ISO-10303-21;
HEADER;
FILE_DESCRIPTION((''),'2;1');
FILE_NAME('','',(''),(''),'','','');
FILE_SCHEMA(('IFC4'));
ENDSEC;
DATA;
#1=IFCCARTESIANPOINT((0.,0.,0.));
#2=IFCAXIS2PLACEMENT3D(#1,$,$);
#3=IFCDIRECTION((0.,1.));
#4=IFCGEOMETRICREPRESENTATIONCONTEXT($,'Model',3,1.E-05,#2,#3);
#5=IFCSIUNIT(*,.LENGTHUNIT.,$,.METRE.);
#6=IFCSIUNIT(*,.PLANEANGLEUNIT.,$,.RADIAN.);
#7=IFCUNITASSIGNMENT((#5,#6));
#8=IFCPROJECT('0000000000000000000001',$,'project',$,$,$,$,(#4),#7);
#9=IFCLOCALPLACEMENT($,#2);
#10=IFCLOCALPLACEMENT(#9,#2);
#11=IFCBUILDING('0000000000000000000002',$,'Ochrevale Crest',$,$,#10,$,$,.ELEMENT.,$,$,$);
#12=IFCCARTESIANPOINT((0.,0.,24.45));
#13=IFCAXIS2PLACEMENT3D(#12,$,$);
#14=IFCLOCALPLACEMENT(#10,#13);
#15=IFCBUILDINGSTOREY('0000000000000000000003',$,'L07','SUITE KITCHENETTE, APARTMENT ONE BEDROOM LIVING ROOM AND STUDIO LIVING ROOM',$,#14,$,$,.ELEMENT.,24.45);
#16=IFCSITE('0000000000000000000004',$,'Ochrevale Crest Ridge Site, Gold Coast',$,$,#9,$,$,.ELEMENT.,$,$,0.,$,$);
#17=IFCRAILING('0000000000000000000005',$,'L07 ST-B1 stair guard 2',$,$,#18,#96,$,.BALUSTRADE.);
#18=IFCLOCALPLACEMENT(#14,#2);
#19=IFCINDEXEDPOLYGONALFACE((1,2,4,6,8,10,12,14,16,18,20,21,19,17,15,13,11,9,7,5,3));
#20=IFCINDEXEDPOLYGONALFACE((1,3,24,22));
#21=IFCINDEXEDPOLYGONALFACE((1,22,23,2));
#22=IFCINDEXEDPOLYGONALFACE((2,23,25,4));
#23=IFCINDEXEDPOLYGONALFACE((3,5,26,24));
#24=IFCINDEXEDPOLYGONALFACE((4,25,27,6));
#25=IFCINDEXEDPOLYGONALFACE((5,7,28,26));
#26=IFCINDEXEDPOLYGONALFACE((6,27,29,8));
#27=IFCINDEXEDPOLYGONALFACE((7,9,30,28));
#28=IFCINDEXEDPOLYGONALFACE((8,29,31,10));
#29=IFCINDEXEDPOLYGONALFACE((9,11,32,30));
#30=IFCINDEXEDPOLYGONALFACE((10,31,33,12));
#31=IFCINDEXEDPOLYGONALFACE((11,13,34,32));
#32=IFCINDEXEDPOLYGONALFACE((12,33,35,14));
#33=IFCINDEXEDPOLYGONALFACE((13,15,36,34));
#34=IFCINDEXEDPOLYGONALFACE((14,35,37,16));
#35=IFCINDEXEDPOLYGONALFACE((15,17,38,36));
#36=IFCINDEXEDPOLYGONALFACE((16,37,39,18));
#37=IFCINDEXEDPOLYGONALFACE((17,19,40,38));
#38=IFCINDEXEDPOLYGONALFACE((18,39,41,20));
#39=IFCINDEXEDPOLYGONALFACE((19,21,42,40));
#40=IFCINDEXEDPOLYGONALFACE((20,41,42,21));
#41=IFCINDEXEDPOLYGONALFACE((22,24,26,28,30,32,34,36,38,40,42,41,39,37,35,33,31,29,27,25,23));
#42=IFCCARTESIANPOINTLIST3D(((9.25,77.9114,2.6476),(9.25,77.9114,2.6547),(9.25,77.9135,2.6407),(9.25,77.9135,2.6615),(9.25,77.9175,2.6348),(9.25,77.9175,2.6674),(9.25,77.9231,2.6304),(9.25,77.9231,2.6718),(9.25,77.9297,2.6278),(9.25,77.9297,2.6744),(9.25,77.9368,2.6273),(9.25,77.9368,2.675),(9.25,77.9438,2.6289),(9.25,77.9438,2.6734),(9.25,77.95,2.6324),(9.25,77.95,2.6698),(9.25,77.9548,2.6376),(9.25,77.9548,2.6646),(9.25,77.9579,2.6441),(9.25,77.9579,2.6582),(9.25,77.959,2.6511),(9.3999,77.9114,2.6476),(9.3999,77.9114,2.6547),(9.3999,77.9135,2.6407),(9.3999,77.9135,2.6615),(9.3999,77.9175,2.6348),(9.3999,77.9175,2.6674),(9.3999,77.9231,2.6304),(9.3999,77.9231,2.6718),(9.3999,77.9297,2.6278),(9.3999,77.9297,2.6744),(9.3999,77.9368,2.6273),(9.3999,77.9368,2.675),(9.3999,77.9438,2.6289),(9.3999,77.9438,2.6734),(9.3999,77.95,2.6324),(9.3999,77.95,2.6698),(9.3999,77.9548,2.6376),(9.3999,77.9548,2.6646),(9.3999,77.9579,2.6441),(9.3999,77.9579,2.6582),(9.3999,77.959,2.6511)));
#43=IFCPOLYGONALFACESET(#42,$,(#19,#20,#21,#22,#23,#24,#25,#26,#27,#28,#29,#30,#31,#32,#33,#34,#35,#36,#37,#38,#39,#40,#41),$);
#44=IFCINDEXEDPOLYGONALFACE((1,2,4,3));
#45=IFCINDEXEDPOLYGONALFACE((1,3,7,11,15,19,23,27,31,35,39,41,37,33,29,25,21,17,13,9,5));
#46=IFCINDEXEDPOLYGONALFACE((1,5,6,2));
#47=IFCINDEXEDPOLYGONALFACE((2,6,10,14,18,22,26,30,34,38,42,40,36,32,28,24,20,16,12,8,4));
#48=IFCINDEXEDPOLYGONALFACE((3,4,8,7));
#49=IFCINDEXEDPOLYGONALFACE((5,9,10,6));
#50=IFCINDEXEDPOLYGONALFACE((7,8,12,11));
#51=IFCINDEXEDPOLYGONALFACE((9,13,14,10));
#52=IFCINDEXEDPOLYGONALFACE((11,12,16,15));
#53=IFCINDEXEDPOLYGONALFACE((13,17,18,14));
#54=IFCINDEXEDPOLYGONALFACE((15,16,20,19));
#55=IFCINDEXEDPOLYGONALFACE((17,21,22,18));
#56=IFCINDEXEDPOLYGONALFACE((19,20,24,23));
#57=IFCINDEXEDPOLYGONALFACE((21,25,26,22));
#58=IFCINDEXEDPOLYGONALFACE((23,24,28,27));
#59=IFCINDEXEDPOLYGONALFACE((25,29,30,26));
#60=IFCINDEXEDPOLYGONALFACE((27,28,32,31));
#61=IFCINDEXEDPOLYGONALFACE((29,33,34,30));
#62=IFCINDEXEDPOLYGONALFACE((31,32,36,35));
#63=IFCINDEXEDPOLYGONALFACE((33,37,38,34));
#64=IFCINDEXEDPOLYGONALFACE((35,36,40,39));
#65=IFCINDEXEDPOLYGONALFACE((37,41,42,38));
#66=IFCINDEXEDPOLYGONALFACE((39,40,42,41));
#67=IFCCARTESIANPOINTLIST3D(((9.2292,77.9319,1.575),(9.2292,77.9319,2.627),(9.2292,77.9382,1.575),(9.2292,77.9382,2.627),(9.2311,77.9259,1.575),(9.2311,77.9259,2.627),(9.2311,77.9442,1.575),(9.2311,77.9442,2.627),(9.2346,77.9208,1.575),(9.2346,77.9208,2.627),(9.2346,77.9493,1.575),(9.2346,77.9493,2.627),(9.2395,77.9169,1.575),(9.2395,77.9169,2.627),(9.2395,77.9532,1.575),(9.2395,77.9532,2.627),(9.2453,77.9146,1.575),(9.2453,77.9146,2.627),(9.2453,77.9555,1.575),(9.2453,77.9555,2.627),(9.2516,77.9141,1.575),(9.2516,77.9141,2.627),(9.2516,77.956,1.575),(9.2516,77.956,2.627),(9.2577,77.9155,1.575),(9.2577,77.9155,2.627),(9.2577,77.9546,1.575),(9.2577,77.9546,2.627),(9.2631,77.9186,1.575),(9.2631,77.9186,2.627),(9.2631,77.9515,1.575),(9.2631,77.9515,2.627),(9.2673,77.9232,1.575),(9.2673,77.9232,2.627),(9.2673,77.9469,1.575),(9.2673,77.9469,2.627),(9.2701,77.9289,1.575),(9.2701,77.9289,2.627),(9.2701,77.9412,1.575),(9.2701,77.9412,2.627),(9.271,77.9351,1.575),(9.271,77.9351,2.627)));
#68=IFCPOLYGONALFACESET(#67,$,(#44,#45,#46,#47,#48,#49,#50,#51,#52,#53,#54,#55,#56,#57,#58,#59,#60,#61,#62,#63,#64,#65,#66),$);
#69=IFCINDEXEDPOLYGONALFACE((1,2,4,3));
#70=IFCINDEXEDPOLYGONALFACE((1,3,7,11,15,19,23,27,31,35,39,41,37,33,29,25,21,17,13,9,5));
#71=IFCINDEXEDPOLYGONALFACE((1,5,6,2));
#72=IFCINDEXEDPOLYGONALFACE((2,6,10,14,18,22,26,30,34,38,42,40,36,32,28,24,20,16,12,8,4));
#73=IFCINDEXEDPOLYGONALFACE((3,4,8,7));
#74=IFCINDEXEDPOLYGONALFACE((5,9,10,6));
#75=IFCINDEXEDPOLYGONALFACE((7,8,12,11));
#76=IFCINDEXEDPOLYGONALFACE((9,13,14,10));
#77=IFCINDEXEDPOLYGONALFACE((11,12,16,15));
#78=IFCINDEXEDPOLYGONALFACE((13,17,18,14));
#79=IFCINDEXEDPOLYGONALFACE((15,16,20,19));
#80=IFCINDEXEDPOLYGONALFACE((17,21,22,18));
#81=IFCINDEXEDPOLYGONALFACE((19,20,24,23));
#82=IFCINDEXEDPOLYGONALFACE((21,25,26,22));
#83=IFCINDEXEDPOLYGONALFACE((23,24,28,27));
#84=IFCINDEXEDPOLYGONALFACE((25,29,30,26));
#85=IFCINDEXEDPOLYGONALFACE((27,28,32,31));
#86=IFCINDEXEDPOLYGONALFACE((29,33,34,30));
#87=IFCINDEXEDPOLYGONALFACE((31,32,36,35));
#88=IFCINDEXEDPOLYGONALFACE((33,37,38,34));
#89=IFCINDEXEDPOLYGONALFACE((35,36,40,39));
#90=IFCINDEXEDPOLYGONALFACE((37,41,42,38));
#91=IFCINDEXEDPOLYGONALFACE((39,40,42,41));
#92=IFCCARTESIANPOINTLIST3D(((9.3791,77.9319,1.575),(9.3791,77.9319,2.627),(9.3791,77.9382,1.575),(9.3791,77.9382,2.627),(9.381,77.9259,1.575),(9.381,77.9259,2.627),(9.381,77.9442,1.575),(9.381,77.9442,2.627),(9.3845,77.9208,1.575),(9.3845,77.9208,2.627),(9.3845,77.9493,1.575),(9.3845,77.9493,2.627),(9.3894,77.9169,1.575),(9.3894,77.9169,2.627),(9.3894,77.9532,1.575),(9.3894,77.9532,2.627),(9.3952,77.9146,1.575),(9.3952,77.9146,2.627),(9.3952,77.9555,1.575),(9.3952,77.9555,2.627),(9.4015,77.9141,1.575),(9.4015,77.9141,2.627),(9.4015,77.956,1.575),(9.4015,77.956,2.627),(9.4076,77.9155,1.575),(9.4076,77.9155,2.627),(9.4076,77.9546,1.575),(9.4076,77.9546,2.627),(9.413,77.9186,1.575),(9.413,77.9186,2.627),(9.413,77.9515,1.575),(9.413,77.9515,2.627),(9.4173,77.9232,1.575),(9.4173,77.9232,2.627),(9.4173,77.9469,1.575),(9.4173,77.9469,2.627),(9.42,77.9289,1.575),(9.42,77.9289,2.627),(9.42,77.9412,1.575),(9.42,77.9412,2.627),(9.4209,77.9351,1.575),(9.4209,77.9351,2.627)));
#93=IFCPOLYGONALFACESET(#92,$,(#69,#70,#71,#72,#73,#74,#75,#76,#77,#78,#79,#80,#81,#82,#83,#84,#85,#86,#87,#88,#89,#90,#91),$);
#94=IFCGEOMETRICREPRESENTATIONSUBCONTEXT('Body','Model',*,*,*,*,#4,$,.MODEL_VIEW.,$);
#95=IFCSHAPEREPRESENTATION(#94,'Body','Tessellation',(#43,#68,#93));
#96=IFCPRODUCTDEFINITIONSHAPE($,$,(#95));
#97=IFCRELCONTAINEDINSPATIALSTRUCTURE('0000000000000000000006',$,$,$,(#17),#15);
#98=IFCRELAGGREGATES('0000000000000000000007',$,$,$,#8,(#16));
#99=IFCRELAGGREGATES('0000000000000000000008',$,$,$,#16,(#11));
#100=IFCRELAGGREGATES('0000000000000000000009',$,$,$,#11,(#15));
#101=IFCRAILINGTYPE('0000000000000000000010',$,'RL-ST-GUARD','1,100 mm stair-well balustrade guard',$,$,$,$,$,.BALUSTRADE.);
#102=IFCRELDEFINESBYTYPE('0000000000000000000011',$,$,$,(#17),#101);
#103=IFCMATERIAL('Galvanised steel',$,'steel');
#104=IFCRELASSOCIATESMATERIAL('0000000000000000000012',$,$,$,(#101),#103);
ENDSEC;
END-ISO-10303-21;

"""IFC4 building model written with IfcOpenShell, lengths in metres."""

from ifc_helpers import new_model, si_unit, direction, frame, origin, origin_2d, place, context, subcontext, project, spatial, circle, extrude, material, type_object, element, save


model = new_model("IFC4")

# Units and contexts
model_context = context("Model", 3, precision=1e-05, world=origin(), true_north=direction((0.0, 1.0)))
body_context = subcontext(model_context, "Body", "Model", "MODEL_VIEW")
ifc_project = project(units=[si_unit("LENGTHUNIT", "METRE"), si_unit("PLANEANGLEUNIT", "RADIAN")], contexts=[model_context])

# Site, building, storey
site_placement = place(None, origin())
site = spatial("IfcSite", under=ifc_project, at=site_placement, Name="Ochrevale Crest Ridge Site, Gold Coast", CompositionType="ELEMENT", RefElevation=0.0)
building_placement = place(site_placement, origin())
building = spatial("IfcBuilding", under=site, at=building_placement, Name="Ochrevale Crest", CompositionType="ELEMENT")
storey_placement = place(building_placement, frame((0.0, 0.0, 24.45)))
storey = spatial("IfcBuildingStorey", under=building, at=storey_placement, Name="L07", Description="SUITE KITCHENETTE, APARTMENT ONE BEDROOM LIVING ROOM AND STUDIO LIVING ROOM", CompositionType="ELEMENT", Elevation=24.45)

# Railing
ifc_material_1 = material(Name="Galvanised steel", Category="steel")
railing_type_1 = type_object("IfcRailingType", Name="RL-ST-GUARD", Description="1,100 mm stair-well balustrade guard", PredefinedType="BALUSTRADE", material=ifc_material_1)
railing_1_placement = place(storey_placement, frame((9.25, 77.9351, 1.575)))
element("IfcRailing", 1, at=railing_1_placement, inside=storey, type_object=railing_type_1, Name="L07 ST-B1 stair guard 2", PredefinedType="BALUSTRADE", context=body_context, shape_type="SweptSolid", body=[
    extrude(circle(Radius=0.0239, at=origin_2d()), frame((0.0, 0.0, 1.0762), z_axis=(1.0, 0.0, 0.0), x_axis=(0.0, 1.0, 0.0)), (0.0, 0.0, 1.0), 0.1499),
    extrude(circle(Radius=0.021, at=origin_2d()), origin(), (0.0, 0.0, 1.0), 1.052),
    extrude(circle(Radius=0.021, at=origin_2d()), frame((0.1499, 0.0, 0.0)), (0.0, 0.0, 1.0), 1.052),
])

save(model, "model.ifc")
